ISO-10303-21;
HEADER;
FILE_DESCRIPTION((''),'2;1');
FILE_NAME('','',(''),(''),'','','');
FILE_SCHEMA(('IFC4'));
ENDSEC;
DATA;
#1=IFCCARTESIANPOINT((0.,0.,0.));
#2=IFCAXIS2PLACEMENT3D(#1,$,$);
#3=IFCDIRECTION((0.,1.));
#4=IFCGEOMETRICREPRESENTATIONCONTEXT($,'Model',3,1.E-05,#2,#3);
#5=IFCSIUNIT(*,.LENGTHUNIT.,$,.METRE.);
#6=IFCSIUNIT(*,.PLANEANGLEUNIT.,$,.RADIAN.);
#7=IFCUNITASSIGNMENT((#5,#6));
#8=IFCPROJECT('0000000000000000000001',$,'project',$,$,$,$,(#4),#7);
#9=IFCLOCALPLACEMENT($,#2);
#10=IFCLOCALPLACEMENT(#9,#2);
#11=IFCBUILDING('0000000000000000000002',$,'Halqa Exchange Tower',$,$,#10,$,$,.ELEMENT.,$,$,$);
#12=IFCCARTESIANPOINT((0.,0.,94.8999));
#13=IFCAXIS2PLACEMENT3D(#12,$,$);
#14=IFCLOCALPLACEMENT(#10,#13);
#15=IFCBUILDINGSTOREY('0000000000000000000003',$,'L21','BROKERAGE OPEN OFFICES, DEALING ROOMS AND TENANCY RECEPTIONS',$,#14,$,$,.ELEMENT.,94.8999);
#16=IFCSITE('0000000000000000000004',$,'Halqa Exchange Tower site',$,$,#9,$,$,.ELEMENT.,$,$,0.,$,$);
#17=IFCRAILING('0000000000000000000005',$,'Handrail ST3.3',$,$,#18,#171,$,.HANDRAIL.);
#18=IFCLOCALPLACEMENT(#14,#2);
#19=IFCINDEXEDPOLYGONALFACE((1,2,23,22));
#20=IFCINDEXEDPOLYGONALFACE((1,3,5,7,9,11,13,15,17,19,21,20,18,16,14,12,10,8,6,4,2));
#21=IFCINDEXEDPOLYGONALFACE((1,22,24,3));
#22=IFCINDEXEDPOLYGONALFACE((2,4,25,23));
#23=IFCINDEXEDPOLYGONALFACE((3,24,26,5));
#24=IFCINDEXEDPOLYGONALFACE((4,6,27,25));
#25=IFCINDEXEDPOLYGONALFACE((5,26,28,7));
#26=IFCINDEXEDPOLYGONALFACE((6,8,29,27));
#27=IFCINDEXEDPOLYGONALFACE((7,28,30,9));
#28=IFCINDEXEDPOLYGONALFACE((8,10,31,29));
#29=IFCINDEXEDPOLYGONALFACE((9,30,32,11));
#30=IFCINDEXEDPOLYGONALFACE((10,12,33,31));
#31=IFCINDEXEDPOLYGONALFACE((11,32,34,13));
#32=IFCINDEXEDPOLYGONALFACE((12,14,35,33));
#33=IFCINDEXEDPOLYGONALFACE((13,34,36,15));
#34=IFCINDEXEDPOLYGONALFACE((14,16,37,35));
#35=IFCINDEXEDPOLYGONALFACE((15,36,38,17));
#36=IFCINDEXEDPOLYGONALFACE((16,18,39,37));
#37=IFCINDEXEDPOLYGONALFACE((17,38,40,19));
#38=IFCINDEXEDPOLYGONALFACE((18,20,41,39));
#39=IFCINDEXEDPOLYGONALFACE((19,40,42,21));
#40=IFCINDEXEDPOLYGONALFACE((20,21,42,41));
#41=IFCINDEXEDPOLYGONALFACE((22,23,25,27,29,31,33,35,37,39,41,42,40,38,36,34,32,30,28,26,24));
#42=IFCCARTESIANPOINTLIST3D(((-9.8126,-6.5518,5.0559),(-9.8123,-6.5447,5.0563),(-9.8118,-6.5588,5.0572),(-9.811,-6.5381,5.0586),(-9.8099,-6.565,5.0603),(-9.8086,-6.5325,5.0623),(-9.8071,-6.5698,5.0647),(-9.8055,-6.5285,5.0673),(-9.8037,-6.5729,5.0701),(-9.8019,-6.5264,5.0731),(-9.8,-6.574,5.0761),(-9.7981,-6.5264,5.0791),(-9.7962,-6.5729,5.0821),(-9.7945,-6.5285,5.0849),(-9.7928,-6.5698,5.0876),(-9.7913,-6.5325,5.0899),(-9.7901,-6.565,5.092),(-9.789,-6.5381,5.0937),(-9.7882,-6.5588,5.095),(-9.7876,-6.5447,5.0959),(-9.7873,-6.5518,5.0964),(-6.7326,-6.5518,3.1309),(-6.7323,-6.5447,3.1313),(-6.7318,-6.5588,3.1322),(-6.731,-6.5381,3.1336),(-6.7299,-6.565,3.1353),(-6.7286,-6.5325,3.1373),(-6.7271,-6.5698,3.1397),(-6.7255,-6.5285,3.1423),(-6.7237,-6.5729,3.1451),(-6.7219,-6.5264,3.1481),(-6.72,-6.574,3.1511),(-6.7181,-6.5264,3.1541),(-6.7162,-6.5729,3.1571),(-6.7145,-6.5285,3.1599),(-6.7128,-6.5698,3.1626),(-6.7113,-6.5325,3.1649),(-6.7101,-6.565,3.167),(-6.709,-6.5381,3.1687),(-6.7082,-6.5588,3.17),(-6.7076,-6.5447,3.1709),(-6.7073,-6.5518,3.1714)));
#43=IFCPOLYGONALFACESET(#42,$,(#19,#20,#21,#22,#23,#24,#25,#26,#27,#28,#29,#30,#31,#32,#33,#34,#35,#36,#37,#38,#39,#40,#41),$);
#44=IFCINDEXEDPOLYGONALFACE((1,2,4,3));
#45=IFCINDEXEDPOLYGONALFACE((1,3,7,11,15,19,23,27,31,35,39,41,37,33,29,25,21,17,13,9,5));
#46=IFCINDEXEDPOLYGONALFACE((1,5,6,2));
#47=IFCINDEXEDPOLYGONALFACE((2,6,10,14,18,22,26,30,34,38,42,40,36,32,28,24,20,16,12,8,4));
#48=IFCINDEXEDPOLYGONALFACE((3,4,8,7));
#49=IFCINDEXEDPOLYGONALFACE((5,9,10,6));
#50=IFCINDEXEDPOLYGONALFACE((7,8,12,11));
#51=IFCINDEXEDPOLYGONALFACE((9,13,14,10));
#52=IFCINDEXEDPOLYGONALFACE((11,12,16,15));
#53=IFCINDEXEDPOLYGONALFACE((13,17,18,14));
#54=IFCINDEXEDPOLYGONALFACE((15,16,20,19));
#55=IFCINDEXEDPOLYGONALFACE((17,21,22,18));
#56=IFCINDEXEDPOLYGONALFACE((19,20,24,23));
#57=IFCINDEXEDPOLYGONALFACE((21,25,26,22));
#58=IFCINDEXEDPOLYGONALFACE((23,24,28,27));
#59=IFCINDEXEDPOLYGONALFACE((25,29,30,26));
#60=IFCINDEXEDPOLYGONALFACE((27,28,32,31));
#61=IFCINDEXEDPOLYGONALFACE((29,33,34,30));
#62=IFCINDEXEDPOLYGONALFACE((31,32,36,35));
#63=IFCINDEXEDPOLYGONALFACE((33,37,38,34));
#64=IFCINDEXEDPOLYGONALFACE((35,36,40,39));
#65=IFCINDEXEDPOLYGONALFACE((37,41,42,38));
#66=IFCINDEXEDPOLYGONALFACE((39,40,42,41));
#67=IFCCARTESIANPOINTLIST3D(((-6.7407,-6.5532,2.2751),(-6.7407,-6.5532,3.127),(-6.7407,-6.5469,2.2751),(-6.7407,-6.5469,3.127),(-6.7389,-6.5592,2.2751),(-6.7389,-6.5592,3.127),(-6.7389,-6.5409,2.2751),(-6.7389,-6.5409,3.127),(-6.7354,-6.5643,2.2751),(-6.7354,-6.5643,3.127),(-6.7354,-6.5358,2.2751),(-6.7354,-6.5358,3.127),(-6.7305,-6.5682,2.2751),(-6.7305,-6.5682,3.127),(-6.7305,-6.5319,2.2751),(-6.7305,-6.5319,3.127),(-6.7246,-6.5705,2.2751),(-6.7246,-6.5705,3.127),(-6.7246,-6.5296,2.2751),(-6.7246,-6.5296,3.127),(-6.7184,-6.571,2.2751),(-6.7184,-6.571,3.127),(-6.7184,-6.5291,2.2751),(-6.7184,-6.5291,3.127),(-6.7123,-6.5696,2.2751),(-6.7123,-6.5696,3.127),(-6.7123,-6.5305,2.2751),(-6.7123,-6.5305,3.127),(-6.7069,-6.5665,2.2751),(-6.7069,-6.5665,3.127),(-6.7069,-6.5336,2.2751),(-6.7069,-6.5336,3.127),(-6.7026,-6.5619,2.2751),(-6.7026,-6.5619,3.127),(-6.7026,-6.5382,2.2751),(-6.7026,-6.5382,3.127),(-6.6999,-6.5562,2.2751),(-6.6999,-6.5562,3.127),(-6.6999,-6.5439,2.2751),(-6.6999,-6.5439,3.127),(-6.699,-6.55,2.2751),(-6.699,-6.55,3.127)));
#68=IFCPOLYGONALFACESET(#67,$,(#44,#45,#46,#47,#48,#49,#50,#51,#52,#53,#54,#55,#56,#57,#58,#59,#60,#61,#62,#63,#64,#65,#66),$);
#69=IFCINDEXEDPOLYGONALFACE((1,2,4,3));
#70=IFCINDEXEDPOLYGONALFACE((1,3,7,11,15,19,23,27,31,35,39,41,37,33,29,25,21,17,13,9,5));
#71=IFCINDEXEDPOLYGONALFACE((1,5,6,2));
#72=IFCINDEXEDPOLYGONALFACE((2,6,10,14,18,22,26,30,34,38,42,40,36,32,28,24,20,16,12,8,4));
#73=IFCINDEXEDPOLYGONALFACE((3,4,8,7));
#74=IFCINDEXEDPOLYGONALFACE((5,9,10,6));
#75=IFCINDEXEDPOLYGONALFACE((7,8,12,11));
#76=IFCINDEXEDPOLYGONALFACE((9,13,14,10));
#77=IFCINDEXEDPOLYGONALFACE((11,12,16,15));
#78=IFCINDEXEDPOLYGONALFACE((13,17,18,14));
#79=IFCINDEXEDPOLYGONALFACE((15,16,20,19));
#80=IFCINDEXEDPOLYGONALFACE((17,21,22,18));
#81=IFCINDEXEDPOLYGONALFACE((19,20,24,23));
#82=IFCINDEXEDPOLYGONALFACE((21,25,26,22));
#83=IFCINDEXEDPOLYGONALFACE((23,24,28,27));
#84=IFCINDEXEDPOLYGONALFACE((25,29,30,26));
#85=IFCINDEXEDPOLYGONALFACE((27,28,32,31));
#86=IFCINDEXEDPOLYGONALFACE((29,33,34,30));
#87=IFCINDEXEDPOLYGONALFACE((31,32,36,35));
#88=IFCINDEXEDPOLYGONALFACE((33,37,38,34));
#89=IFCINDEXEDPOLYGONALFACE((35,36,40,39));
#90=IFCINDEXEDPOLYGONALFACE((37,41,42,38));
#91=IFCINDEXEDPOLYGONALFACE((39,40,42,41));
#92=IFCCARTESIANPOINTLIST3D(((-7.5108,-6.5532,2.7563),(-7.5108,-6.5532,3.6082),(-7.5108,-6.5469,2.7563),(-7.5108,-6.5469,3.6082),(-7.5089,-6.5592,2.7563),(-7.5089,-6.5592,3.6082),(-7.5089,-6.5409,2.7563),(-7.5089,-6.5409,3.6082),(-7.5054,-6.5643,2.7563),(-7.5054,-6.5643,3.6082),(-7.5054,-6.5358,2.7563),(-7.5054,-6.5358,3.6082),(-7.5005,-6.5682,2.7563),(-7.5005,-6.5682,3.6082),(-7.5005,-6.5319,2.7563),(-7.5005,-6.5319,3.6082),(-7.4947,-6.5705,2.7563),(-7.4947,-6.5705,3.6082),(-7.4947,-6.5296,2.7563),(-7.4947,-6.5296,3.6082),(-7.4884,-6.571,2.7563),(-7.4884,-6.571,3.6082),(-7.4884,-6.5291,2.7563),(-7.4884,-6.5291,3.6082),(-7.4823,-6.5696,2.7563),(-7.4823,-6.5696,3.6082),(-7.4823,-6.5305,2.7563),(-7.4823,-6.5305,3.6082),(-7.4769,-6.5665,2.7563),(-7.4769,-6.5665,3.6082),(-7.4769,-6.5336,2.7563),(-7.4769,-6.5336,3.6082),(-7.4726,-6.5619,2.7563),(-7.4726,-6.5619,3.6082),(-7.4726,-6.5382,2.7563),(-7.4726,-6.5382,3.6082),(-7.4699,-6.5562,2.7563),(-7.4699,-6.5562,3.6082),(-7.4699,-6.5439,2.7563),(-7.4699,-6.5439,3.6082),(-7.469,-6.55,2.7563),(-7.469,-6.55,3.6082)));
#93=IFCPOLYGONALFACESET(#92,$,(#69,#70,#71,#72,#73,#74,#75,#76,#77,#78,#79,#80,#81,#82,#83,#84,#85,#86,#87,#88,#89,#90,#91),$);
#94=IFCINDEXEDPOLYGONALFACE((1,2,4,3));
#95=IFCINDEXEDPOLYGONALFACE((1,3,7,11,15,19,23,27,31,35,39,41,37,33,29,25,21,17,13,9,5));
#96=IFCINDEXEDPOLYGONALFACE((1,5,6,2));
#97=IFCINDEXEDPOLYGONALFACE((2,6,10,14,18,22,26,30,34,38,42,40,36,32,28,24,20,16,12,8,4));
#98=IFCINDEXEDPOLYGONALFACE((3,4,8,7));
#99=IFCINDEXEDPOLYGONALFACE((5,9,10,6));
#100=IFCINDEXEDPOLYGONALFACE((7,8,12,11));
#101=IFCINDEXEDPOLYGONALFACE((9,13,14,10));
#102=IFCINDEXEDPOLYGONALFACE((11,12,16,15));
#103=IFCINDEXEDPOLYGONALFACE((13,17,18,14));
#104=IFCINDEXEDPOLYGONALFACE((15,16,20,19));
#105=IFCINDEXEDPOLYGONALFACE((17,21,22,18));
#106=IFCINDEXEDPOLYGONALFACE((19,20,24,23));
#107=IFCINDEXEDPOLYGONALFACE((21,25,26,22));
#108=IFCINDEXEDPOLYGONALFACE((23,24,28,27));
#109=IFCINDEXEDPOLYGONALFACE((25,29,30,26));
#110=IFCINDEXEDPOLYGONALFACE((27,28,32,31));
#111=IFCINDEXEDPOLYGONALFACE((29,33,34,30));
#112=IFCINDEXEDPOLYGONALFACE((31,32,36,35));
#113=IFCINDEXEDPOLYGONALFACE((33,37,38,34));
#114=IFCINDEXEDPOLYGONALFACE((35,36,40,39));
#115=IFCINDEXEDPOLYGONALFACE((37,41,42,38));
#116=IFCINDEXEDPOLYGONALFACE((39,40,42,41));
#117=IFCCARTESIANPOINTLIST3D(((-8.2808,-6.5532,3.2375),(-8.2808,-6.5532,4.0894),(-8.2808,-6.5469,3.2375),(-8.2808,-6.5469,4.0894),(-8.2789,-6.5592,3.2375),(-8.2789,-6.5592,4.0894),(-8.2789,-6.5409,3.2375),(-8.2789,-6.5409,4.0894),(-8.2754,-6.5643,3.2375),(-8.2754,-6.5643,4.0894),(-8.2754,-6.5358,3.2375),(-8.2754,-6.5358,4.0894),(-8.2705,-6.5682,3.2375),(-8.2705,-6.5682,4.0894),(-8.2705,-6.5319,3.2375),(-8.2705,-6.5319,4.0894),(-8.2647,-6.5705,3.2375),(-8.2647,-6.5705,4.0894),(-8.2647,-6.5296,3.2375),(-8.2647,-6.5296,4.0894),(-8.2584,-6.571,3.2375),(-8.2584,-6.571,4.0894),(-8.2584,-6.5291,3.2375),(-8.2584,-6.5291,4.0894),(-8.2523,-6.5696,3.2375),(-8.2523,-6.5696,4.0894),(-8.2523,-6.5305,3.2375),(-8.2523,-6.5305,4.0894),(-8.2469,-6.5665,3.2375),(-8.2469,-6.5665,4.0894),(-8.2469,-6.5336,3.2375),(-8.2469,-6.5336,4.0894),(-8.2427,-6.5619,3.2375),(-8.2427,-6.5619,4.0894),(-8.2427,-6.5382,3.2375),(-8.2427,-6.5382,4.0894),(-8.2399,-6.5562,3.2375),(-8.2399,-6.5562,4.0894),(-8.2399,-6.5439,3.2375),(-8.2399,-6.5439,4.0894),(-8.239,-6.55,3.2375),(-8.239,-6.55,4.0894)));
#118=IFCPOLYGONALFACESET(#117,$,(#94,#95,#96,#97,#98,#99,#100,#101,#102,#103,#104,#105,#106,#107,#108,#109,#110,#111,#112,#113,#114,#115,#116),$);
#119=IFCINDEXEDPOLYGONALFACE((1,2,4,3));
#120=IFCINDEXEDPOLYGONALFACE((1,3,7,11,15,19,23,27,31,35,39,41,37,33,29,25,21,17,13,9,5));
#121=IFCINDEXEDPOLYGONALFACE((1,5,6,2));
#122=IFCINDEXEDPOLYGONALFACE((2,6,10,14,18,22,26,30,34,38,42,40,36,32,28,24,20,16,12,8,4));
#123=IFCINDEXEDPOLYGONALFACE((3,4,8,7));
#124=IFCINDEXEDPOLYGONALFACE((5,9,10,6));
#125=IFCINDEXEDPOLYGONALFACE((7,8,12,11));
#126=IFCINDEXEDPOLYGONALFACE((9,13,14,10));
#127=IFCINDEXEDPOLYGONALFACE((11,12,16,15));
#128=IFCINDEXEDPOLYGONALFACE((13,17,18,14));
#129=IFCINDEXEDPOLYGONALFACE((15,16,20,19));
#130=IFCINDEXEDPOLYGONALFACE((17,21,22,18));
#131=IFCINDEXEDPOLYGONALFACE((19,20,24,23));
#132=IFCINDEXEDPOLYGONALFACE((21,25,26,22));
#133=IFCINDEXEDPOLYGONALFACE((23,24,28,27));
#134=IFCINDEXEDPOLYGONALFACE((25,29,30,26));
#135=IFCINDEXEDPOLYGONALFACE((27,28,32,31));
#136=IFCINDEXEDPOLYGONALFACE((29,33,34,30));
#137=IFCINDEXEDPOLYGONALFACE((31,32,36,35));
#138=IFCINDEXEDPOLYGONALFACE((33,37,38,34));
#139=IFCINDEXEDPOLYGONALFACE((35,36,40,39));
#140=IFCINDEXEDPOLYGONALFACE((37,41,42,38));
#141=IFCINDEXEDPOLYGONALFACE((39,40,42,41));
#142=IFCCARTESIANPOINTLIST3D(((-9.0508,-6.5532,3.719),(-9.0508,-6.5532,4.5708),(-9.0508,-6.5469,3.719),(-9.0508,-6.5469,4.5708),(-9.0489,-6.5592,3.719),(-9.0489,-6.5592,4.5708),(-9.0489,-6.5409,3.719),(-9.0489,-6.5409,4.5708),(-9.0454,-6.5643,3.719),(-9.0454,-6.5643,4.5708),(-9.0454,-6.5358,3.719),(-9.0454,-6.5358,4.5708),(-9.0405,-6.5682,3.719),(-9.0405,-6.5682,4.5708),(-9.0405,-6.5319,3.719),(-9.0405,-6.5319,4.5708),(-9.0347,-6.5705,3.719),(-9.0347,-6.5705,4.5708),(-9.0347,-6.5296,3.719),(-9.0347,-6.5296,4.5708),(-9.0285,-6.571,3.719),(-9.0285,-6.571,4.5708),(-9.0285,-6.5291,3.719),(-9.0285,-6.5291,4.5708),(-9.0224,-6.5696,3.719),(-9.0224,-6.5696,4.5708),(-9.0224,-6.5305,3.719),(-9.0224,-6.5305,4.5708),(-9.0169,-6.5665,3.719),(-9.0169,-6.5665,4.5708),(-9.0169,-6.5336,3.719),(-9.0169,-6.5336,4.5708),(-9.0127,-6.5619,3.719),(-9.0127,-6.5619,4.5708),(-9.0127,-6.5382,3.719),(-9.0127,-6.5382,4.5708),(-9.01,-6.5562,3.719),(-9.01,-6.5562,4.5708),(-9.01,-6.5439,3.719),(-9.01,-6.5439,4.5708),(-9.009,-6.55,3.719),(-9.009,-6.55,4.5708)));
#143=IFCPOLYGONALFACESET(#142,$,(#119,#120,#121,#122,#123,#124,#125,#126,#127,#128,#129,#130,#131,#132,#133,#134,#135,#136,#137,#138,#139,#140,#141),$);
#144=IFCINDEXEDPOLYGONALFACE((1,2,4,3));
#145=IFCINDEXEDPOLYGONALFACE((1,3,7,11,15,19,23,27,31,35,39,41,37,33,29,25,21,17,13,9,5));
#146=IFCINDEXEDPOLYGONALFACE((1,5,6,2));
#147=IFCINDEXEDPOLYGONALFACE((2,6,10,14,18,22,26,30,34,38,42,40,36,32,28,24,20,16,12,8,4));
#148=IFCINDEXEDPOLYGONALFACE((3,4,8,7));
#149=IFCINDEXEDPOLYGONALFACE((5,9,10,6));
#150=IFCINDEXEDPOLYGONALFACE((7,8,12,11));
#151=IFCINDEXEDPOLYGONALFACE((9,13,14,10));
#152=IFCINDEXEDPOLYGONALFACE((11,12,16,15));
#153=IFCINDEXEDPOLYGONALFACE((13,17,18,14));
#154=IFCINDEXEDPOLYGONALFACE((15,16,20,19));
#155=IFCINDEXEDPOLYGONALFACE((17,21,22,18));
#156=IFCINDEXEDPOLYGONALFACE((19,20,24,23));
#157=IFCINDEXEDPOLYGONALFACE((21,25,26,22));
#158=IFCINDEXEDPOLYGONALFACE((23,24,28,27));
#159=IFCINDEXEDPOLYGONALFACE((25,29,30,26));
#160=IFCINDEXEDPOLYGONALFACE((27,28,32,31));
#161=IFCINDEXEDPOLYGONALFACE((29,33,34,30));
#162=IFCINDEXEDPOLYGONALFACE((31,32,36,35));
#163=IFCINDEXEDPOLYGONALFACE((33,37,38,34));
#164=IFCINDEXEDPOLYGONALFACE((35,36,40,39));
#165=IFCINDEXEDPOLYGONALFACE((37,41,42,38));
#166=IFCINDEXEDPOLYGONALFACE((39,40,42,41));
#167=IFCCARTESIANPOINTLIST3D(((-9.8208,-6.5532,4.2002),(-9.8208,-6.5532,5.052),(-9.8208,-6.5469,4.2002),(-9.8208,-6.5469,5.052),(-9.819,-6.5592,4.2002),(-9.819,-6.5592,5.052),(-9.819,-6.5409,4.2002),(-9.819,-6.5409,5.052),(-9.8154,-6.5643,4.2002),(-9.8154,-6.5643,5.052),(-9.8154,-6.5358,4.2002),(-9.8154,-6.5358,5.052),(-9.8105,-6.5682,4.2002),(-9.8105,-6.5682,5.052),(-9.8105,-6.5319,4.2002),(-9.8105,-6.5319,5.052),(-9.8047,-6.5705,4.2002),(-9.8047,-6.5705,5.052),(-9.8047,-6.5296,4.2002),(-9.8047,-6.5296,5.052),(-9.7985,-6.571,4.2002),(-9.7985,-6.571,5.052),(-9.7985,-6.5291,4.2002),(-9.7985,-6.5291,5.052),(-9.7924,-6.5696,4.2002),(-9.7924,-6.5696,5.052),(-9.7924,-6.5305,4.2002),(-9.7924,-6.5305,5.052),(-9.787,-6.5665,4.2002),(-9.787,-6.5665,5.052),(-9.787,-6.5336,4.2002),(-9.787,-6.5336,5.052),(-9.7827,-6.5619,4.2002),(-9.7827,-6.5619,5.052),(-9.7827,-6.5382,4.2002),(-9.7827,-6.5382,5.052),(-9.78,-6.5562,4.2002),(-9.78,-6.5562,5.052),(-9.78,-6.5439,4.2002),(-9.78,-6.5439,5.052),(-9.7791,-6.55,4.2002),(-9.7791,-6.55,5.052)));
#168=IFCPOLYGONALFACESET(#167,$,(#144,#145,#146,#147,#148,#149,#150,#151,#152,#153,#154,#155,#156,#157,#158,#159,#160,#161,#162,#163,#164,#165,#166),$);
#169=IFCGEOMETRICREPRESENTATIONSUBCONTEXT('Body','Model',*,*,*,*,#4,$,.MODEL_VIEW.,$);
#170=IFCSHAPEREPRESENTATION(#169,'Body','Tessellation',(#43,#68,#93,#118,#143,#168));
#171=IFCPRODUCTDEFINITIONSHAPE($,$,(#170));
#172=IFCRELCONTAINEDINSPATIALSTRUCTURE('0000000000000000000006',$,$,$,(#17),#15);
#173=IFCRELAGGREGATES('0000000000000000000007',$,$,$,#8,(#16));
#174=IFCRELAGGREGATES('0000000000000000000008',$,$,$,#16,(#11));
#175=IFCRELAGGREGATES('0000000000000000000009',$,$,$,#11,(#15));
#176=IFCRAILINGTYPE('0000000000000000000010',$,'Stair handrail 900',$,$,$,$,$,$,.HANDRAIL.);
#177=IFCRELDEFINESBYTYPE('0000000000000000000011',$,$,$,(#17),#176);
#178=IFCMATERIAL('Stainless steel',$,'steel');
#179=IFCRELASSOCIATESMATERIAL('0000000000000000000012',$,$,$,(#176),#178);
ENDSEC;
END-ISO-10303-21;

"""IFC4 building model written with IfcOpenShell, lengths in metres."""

from ifc_helpers import new_model, si_unit, direction, frame, origin, origin_2d, place, context, subcontext, project, spatial, circle, extrude, material, type_object, element, save


model = new_model("IFC4")

# Units and contexts
model_context = context("Model", 3, precision=1e-05, world=origin(), true_north=direction((0.0, 1.0)))
body_context = subcontext(model_context, "Body", "Model", "MODEL_VIEW")
ifc_project = project(units=[si_unit("LENGTHUNIT", "METRE"), si_unit("PLANEANGLEUNIT", "RADIAN")], contexts=[model_context])

# Site, building, storey
site_placement = place(None, origin())
site = spatial("IfcSite", under=ifc_project, at=site_placement, Name="Halqa Exchange Tower site", CompositionType="ELEMENT", RefElevation=0.0)
building_placement = place(site_placement, origin())
building = spatial("IfcBuilding", under=site, at=building_placement, Name="Halqa Exchange Tower", CompositionType="ELEMENT")
storey_placement = place(building_placement, frame((0.0, 0.0, 94.8999)))
storey = spatial("IfcBuildingStorey", under=building, at=storey_placement, Name="L21", Description="BROKERAGE OPEN OFFICES, DEALING ROOMS AND TENANCY RECEPTIONS", CompositionType="ELEMENT", Elevation=94.8999)

# Shared definitions
ifc_material_1 = material(Name="Stainless steel", Category="steel")

# Railing
railing_type_1 = type_object("IfcRailingType", Name="Stair handrail 900", PredefinedType="HANDRAIL", material=ifc_material_1)
railing_1_placement = place(storey_placement, frame((-6.72, -6.55, 2.2751)))
element("IfcRailing", 1, at=railing_1_placement, inside=storey, type_object=railing_type_1, Name="Handrail ST3.3", PredefinedType="HANDRAIL", context=body_context, shape_type="SweptSolid", body=[
    extrude(circle(Radius=0.0239, at=origin_2d()), frame((0.0, 0.0, 0.876), z_axis=(-0.847998, 0.0, 0.529999), x_axis=(0.0, -1.0, 0.0)), (0.0, 0.0, 1.0), 3.6321),
    extrude(circle(Radius=0.021, at=origin_2d()), origin(), (0.0, 0.0, 1.0), 0.8518),
    extrude(circle(Radius=0.021, at=origin_2d()), frame((-0.77, 0.0, 0.4812)), (0.0, 0.0, 1.0), 0.8518),
    extrude(circle(Radius=0.021, at=origin_2d()), frame((-1.54, 0.0, 0.9624)), (0.0, 0.0, 1.0), 0.8518),
    extrude(circle(Radius=0.021, at=origin_2d()), frame((-2.3101, 0.0, 1.4438)), (0.0, 0.0, 1.0), 0.8518),
    extrude(circle(Radius=0.021, at=origin_2d()), frame((-3.0801, 0.0, 1.925)), (0.0, 0.0, 1.0), 0.8518),
])

save(model, "model.ifc")
